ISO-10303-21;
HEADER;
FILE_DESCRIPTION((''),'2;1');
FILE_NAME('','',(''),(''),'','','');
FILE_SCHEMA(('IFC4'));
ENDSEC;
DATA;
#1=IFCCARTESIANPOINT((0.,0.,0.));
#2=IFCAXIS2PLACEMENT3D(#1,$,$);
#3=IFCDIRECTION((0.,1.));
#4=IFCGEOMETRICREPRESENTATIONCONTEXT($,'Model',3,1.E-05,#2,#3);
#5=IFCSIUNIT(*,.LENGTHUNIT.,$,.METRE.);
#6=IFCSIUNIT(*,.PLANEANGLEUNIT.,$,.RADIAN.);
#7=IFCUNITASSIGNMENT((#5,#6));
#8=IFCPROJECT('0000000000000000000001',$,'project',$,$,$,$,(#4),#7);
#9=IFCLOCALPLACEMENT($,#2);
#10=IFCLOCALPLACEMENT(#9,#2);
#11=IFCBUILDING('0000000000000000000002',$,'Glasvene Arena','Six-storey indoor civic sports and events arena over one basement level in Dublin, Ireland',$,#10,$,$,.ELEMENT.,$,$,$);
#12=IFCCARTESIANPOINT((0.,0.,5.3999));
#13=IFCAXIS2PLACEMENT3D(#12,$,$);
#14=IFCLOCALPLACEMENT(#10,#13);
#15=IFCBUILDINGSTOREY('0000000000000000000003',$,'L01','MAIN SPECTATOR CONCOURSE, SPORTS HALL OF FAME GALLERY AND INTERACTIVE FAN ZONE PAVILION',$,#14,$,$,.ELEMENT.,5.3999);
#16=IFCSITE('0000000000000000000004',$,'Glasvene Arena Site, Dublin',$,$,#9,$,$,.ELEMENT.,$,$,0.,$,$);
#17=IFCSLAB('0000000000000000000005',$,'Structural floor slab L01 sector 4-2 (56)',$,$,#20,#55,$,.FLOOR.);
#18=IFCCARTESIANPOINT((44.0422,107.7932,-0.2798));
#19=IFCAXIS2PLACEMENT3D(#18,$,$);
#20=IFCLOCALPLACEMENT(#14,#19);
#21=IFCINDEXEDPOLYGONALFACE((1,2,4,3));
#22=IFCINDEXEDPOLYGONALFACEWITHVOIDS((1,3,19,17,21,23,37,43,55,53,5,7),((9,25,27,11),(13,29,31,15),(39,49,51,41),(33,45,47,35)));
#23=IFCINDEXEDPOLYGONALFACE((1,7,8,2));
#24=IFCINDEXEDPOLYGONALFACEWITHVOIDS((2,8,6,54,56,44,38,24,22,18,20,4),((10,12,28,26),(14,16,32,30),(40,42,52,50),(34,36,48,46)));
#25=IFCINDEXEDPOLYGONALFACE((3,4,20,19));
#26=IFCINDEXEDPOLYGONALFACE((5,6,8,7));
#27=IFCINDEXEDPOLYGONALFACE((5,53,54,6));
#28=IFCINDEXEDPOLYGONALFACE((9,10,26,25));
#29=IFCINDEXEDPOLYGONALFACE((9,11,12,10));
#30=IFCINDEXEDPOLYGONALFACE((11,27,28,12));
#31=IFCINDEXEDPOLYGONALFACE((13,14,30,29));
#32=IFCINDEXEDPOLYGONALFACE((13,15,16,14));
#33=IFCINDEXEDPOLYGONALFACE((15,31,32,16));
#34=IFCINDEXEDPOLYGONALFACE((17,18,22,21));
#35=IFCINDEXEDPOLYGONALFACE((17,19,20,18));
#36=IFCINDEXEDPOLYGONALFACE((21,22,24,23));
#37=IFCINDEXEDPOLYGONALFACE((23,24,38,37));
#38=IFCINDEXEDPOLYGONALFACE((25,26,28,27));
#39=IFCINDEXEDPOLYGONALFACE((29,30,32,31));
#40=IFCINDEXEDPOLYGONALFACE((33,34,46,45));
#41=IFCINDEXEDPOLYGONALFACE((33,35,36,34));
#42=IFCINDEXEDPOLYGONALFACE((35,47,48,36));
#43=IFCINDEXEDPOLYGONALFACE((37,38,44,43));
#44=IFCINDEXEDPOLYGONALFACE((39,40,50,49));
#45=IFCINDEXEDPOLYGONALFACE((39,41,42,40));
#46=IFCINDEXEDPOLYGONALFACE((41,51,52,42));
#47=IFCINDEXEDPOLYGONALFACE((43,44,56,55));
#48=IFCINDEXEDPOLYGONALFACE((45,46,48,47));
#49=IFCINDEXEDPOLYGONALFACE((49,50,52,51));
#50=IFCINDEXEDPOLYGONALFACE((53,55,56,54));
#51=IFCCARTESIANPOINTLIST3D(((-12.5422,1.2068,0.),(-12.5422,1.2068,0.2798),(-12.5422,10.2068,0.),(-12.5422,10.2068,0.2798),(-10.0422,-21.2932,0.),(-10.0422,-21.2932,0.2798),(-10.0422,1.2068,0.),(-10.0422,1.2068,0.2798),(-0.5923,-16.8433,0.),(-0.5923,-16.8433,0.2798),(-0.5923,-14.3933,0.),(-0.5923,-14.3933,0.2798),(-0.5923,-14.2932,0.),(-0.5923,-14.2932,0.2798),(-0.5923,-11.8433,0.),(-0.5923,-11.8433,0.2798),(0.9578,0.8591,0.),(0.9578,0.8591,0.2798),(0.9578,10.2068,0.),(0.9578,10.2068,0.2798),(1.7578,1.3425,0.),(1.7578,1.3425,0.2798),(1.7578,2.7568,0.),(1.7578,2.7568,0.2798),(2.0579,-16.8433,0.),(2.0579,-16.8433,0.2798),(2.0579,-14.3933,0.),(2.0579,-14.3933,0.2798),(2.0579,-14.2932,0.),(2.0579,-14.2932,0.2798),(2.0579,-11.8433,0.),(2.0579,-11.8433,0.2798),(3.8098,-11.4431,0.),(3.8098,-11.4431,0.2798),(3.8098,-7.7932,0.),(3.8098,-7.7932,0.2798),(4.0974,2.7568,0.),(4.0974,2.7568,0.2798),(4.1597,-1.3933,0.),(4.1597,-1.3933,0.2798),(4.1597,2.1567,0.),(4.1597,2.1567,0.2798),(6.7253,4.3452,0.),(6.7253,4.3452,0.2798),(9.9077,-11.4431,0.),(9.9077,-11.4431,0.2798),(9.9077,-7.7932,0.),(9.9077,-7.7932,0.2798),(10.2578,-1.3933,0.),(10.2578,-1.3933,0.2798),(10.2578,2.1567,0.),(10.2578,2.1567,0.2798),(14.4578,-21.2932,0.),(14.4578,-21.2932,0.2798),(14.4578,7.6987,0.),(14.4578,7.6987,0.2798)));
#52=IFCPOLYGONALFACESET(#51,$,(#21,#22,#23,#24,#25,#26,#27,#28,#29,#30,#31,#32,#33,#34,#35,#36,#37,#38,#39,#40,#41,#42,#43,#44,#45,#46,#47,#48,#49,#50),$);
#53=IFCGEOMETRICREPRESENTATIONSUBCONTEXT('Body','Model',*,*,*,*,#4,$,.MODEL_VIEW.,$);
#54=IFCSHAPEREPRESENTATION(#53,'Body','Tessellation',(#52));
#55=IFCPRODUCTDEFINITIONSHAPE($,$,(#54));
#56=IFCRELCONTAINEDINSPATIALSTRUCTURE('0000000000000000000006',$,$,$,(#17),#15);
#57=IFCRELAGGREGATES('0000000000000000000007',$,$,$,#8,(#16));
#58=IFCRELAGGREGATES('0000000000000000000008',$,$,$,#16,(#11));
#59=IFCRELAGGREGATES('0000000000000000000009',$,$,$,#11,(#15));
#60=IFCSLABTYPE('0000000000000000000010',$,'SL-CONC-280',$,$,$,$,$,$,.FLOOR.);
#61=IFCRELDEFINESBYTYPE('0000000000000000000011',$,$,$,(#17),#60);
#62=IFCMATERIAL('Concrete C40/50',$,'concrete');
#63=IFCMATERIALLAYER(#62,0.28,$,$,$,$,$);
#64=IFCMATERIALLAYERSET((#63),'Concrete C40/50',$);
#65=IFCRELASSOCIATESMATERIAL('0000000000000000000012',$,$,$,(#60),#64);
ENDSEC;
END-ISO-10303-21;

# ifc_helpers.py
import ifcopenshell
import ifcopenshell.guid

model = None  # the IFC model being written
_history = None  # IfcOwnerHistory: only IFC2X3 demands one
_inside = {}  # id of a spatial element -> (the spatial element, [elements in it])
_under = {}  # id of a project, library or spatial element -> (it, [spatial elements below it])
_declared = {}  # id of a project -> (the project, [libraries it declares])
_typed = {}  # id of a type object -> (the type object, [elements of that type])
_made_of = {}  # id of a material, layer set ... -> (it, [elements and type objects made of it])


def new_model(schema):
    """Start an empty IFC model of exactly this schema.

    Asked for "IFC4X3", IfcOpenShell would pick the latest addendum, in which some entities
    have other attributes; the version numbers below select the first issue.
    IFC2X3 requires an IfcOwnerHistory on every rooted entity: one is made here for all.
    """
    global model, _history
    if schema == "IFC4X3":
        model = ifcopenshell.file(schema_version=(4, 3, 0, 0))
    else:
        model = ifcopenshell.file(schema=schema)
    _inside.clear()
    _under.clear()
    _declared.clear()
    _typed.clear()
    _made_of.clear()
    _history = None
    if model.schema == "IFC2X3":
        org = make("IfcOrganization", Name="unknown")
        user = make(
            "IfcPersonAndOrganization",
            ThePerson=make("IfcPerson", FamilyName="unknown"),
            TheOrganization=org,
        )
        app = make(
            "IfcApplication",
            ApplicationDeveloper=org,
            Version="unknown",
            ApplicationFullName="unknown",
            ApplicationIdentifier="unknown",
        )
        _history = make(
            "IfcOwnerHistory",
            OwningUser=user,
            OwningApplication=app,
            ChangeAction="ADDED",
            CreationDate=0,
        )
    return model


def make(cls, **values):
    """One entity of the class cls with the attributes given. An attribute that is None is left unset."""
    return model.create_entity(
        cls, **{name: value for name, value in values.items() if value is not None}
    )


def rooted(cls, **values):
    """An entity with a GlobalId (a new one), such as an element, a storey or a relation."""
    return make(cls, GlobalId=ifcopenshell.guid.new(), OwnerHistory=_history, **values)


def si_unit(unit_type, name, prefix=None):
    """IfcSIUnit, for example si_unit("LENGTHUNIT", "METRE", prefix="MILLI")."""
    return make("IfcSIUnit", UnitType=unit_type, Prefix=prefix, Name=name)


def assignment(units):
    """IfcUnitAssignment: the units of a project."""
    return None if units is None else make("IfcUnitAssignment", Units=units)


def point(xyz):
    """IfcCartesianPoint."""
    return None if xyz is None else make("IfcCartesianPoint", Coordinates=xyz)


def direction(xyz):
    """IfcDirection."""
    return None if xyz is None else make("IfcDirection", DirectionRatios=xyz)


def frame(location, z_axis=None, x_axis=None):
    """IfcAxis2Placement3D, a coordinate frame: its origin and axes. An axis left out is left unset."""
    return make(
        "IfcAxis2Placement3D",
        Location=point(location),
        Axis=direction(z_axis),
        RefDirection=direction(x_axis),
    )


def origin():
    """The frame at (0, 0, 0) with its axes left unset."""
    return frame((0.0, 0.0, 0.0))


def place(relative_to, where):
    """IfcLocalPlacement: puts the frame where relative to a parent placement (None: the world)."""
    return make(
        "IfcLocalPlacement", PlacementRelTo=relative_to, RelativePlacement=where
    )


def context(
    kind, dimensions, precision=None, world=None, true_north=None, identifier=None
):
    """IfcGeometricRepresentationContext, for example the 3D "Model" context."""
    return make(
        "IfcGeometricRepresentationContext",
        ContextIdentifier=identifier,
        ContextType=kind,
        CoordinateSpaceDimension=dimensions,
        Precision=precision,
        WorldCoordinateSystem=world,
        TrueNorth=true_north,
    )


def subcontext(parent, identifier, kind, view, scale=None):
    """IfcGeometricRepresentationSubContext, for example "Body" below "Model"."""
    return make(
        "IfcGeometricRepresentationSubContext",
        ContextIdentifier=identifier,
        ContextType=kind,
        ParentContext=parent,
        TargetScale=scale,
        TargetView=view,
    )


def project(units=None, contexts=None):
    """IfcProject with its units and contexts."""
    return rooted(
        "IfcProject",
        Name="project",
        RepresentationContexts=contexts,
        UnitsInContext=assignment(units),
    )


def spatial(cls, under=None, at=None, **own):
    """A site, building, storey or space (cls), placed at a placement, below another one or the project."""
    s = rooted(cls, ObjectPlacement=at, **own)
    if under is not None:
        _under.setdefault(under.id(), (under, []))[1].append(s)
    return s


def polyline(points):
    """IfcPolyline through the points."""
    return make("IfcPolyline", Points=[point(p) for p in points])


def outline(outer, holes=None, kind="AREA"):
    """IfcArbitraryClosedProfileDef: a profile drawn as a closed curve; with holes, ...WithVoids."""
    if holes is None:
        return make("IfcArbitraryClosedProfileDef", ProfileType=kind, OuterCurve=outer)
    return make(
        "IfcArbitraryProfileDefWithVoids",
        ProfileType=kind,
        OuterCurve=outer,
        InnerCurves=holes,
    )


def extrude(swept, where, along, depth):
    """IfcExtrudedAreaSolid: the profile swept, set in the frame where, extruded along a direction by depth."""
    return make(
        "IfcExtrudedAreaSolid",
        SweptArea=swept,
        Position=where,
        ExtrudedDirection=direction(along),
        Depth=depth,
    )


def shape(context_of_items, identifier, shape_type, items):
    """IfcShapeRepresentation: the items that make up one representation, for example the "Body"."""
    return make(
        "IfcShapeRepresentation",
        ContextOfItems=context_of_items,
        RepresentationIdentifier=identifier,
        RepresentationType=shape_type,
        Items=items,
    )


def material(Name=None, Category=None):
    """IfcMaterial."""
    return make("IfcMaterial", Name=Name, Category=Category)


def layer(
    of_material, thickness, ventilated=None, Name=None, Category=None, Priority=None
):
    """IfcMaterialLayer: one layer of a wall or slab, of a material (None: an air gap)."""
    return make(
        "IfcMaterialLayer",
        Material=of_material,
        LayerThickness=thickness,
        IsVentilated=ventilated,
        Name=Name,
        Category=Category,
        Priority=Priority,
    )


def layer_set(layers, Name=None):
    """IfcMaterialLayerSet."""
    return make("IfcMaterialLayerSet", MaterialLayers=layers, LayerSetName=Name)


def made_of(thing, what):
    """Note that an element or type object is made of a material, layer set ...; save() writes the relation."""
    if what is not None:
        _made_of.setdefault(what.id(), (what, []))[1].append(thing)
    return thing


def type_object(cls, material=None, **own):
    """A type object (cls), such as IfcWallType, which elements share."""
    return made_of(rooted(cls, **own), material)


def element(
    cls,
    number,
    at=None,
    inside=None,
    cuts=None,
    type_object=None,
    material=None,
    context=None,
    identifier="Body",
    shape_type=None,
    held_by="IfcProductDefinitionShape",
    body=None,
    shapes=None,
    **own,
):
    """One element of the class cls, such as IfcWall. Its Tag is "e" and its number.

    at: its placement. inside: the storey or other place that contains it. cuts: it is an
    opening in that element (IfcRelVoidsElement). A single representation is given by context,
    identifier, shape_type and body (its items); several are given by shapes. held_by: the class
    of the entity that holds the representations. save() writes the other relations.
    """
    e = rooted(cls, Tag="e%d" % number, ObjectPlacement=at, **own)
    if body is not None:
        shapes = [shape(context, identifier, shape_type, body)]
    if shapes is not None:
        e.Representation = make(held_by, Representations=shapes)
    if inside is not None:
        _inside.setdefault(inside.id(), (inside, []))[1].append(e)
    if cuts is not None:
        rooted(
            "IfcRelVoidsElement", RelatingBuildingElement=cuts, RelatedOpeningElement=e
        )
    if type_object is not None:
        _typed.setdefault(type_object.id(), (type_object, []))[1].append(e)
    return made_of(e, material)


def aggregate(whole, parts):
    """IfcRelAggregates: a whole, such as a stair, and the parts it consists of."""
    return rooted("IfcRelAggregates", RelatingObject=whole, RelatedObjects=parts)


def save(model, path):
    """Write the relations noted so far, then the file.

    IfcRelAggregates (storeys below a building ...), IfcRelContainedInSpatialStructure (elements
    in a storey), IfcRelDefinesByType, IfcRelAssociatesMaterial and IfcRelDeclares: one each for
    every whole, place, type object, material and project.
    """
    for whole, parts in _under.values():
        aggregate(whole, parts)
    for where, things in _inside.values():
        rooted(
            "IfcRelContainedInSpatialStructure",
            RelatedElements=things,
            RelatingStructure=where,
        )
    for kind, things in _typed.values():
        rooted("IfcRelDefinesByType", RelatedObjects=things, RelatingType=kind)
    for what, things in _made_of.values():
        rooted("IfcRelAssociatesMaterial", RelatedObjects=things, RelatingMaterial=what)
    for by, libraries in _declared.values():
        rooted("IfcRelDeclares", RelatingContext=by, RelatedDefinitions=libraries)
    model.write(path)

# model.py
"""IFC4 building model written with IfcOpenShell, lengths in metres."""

from ifc_helpers import new_model, si_unit, direction, frame, origin, place, context, subcontext, project, spatial, polyline, outline, extrude, material, layer, layer_set, type_object, element, save


model = new_model("IFC4")

# Units and contexts
model_context = context("Model", 3, precision=1e-05, world=origin(), true_north=direction((0.0, 1.0)))
body_context = subcontext(model_context, "Body", "Model", "MODEL_VIEW")
ifc_project = project(units=[si_unit("LENGTHUNIT", "METRE"), si_unit("PLANEANGLEUNIT", "RADIAN")], contexts=[model_context])

# Site, building, storey
site_placement = place(None, origin())
site = spatial("IfcSite", under=ifc_project, at=site_placement, Name="Glasvene Arena Site, Dublin", CompositionType="ELEMENT", RefElevation=0.0)
building_placement = place(site_placement, origin())
building = spatial("IfcBuilding", under=site, at=building_placement, Name="Glasvene Arena", Description="Six-storey indoor civic sports and events arena over one basement level in Dublin, Ireland", CompositionType="ELEMENT")
storey_placement = place(building_placement, frame((0.0, 0.0, 5.3999)))
storey = spatial("IfcBuildingStorey", under=building, at=storey_placement, Name="L01", Description="MAIN SPECTATOR CONCOURSE, SPORTS HALL OF FAME GALLERY AND INTERACTIVE FAN ZONE PAVILION", CompositionType="ELEMENT", Elevation=5.3999)

# Slab
ifc_material_1 = material(Name="Concrete C40/50", Category="concrete")
ifc_layer_1 = layer(ifc_material_1, 0.28)
ifc_layer_set_1 = layer_set([ifc_layer_1], Name="Concrete C40/50")
slab_type_1 = type_object("IfcSlabType", Name="SL-CONC-280", PredefinedType="FLOOR", material=ifc_layer_set_1)
slab_1_placement = place(storey_placement, frame((44.0422, 107.7932, -0.2798)))
element("IfcSlab", 1, at=slab_1_placement, inside=storey, type_object=slab_type_1, Name="Structural floor slab L01 sector 4-2 (56)", PredefinedType="FLOOR", context=body_context, shape_type="SweptSolid", body=[
    extrude(outline(polyline([(0.9578, 0.8591), (1.7578, 1.3425), (1.7578, 2.7568), (4.0974, 2.7568), (6.7253, 4.3452), (14.4578, 7.6987), (14.4578, -21.2932), (-10.0422, -21.2932), (-10.0422, 1.2068), (-12.5422, 1.2068), (-12.5422, 10.2068), (0.9578, 10.2068), (0.9578, 0.8591)]), holes=[polyline([(2.0579, -16.8433), (2.0579, -14.3933), (-0.5923, -14.3933), (-0.5923, -16.8433), (2.0579, -16.8433)]), polyline([(2.0579, -14.2932), (2.0579, -11.8433), (-0.5923, -11.8433), (-0.5923, -14.2932), (2.0579, -14.2932)]), polyline([(9.9077, -11.4431), (9.9077, -7.7932), (3.8098, -7.7932), (3.8098, -11.4431), (9.9077, -11.4431)]), polyline([(10.2578, -1.3933), (10.2578, 2.1567), (4.1597, 2.1567), (4.1597, -1.3933), (10.2578, -1.3933)])]), origin(), (0.0, 0.0, 1.0), 0.2798),
])

save(model, "model.ifc")
